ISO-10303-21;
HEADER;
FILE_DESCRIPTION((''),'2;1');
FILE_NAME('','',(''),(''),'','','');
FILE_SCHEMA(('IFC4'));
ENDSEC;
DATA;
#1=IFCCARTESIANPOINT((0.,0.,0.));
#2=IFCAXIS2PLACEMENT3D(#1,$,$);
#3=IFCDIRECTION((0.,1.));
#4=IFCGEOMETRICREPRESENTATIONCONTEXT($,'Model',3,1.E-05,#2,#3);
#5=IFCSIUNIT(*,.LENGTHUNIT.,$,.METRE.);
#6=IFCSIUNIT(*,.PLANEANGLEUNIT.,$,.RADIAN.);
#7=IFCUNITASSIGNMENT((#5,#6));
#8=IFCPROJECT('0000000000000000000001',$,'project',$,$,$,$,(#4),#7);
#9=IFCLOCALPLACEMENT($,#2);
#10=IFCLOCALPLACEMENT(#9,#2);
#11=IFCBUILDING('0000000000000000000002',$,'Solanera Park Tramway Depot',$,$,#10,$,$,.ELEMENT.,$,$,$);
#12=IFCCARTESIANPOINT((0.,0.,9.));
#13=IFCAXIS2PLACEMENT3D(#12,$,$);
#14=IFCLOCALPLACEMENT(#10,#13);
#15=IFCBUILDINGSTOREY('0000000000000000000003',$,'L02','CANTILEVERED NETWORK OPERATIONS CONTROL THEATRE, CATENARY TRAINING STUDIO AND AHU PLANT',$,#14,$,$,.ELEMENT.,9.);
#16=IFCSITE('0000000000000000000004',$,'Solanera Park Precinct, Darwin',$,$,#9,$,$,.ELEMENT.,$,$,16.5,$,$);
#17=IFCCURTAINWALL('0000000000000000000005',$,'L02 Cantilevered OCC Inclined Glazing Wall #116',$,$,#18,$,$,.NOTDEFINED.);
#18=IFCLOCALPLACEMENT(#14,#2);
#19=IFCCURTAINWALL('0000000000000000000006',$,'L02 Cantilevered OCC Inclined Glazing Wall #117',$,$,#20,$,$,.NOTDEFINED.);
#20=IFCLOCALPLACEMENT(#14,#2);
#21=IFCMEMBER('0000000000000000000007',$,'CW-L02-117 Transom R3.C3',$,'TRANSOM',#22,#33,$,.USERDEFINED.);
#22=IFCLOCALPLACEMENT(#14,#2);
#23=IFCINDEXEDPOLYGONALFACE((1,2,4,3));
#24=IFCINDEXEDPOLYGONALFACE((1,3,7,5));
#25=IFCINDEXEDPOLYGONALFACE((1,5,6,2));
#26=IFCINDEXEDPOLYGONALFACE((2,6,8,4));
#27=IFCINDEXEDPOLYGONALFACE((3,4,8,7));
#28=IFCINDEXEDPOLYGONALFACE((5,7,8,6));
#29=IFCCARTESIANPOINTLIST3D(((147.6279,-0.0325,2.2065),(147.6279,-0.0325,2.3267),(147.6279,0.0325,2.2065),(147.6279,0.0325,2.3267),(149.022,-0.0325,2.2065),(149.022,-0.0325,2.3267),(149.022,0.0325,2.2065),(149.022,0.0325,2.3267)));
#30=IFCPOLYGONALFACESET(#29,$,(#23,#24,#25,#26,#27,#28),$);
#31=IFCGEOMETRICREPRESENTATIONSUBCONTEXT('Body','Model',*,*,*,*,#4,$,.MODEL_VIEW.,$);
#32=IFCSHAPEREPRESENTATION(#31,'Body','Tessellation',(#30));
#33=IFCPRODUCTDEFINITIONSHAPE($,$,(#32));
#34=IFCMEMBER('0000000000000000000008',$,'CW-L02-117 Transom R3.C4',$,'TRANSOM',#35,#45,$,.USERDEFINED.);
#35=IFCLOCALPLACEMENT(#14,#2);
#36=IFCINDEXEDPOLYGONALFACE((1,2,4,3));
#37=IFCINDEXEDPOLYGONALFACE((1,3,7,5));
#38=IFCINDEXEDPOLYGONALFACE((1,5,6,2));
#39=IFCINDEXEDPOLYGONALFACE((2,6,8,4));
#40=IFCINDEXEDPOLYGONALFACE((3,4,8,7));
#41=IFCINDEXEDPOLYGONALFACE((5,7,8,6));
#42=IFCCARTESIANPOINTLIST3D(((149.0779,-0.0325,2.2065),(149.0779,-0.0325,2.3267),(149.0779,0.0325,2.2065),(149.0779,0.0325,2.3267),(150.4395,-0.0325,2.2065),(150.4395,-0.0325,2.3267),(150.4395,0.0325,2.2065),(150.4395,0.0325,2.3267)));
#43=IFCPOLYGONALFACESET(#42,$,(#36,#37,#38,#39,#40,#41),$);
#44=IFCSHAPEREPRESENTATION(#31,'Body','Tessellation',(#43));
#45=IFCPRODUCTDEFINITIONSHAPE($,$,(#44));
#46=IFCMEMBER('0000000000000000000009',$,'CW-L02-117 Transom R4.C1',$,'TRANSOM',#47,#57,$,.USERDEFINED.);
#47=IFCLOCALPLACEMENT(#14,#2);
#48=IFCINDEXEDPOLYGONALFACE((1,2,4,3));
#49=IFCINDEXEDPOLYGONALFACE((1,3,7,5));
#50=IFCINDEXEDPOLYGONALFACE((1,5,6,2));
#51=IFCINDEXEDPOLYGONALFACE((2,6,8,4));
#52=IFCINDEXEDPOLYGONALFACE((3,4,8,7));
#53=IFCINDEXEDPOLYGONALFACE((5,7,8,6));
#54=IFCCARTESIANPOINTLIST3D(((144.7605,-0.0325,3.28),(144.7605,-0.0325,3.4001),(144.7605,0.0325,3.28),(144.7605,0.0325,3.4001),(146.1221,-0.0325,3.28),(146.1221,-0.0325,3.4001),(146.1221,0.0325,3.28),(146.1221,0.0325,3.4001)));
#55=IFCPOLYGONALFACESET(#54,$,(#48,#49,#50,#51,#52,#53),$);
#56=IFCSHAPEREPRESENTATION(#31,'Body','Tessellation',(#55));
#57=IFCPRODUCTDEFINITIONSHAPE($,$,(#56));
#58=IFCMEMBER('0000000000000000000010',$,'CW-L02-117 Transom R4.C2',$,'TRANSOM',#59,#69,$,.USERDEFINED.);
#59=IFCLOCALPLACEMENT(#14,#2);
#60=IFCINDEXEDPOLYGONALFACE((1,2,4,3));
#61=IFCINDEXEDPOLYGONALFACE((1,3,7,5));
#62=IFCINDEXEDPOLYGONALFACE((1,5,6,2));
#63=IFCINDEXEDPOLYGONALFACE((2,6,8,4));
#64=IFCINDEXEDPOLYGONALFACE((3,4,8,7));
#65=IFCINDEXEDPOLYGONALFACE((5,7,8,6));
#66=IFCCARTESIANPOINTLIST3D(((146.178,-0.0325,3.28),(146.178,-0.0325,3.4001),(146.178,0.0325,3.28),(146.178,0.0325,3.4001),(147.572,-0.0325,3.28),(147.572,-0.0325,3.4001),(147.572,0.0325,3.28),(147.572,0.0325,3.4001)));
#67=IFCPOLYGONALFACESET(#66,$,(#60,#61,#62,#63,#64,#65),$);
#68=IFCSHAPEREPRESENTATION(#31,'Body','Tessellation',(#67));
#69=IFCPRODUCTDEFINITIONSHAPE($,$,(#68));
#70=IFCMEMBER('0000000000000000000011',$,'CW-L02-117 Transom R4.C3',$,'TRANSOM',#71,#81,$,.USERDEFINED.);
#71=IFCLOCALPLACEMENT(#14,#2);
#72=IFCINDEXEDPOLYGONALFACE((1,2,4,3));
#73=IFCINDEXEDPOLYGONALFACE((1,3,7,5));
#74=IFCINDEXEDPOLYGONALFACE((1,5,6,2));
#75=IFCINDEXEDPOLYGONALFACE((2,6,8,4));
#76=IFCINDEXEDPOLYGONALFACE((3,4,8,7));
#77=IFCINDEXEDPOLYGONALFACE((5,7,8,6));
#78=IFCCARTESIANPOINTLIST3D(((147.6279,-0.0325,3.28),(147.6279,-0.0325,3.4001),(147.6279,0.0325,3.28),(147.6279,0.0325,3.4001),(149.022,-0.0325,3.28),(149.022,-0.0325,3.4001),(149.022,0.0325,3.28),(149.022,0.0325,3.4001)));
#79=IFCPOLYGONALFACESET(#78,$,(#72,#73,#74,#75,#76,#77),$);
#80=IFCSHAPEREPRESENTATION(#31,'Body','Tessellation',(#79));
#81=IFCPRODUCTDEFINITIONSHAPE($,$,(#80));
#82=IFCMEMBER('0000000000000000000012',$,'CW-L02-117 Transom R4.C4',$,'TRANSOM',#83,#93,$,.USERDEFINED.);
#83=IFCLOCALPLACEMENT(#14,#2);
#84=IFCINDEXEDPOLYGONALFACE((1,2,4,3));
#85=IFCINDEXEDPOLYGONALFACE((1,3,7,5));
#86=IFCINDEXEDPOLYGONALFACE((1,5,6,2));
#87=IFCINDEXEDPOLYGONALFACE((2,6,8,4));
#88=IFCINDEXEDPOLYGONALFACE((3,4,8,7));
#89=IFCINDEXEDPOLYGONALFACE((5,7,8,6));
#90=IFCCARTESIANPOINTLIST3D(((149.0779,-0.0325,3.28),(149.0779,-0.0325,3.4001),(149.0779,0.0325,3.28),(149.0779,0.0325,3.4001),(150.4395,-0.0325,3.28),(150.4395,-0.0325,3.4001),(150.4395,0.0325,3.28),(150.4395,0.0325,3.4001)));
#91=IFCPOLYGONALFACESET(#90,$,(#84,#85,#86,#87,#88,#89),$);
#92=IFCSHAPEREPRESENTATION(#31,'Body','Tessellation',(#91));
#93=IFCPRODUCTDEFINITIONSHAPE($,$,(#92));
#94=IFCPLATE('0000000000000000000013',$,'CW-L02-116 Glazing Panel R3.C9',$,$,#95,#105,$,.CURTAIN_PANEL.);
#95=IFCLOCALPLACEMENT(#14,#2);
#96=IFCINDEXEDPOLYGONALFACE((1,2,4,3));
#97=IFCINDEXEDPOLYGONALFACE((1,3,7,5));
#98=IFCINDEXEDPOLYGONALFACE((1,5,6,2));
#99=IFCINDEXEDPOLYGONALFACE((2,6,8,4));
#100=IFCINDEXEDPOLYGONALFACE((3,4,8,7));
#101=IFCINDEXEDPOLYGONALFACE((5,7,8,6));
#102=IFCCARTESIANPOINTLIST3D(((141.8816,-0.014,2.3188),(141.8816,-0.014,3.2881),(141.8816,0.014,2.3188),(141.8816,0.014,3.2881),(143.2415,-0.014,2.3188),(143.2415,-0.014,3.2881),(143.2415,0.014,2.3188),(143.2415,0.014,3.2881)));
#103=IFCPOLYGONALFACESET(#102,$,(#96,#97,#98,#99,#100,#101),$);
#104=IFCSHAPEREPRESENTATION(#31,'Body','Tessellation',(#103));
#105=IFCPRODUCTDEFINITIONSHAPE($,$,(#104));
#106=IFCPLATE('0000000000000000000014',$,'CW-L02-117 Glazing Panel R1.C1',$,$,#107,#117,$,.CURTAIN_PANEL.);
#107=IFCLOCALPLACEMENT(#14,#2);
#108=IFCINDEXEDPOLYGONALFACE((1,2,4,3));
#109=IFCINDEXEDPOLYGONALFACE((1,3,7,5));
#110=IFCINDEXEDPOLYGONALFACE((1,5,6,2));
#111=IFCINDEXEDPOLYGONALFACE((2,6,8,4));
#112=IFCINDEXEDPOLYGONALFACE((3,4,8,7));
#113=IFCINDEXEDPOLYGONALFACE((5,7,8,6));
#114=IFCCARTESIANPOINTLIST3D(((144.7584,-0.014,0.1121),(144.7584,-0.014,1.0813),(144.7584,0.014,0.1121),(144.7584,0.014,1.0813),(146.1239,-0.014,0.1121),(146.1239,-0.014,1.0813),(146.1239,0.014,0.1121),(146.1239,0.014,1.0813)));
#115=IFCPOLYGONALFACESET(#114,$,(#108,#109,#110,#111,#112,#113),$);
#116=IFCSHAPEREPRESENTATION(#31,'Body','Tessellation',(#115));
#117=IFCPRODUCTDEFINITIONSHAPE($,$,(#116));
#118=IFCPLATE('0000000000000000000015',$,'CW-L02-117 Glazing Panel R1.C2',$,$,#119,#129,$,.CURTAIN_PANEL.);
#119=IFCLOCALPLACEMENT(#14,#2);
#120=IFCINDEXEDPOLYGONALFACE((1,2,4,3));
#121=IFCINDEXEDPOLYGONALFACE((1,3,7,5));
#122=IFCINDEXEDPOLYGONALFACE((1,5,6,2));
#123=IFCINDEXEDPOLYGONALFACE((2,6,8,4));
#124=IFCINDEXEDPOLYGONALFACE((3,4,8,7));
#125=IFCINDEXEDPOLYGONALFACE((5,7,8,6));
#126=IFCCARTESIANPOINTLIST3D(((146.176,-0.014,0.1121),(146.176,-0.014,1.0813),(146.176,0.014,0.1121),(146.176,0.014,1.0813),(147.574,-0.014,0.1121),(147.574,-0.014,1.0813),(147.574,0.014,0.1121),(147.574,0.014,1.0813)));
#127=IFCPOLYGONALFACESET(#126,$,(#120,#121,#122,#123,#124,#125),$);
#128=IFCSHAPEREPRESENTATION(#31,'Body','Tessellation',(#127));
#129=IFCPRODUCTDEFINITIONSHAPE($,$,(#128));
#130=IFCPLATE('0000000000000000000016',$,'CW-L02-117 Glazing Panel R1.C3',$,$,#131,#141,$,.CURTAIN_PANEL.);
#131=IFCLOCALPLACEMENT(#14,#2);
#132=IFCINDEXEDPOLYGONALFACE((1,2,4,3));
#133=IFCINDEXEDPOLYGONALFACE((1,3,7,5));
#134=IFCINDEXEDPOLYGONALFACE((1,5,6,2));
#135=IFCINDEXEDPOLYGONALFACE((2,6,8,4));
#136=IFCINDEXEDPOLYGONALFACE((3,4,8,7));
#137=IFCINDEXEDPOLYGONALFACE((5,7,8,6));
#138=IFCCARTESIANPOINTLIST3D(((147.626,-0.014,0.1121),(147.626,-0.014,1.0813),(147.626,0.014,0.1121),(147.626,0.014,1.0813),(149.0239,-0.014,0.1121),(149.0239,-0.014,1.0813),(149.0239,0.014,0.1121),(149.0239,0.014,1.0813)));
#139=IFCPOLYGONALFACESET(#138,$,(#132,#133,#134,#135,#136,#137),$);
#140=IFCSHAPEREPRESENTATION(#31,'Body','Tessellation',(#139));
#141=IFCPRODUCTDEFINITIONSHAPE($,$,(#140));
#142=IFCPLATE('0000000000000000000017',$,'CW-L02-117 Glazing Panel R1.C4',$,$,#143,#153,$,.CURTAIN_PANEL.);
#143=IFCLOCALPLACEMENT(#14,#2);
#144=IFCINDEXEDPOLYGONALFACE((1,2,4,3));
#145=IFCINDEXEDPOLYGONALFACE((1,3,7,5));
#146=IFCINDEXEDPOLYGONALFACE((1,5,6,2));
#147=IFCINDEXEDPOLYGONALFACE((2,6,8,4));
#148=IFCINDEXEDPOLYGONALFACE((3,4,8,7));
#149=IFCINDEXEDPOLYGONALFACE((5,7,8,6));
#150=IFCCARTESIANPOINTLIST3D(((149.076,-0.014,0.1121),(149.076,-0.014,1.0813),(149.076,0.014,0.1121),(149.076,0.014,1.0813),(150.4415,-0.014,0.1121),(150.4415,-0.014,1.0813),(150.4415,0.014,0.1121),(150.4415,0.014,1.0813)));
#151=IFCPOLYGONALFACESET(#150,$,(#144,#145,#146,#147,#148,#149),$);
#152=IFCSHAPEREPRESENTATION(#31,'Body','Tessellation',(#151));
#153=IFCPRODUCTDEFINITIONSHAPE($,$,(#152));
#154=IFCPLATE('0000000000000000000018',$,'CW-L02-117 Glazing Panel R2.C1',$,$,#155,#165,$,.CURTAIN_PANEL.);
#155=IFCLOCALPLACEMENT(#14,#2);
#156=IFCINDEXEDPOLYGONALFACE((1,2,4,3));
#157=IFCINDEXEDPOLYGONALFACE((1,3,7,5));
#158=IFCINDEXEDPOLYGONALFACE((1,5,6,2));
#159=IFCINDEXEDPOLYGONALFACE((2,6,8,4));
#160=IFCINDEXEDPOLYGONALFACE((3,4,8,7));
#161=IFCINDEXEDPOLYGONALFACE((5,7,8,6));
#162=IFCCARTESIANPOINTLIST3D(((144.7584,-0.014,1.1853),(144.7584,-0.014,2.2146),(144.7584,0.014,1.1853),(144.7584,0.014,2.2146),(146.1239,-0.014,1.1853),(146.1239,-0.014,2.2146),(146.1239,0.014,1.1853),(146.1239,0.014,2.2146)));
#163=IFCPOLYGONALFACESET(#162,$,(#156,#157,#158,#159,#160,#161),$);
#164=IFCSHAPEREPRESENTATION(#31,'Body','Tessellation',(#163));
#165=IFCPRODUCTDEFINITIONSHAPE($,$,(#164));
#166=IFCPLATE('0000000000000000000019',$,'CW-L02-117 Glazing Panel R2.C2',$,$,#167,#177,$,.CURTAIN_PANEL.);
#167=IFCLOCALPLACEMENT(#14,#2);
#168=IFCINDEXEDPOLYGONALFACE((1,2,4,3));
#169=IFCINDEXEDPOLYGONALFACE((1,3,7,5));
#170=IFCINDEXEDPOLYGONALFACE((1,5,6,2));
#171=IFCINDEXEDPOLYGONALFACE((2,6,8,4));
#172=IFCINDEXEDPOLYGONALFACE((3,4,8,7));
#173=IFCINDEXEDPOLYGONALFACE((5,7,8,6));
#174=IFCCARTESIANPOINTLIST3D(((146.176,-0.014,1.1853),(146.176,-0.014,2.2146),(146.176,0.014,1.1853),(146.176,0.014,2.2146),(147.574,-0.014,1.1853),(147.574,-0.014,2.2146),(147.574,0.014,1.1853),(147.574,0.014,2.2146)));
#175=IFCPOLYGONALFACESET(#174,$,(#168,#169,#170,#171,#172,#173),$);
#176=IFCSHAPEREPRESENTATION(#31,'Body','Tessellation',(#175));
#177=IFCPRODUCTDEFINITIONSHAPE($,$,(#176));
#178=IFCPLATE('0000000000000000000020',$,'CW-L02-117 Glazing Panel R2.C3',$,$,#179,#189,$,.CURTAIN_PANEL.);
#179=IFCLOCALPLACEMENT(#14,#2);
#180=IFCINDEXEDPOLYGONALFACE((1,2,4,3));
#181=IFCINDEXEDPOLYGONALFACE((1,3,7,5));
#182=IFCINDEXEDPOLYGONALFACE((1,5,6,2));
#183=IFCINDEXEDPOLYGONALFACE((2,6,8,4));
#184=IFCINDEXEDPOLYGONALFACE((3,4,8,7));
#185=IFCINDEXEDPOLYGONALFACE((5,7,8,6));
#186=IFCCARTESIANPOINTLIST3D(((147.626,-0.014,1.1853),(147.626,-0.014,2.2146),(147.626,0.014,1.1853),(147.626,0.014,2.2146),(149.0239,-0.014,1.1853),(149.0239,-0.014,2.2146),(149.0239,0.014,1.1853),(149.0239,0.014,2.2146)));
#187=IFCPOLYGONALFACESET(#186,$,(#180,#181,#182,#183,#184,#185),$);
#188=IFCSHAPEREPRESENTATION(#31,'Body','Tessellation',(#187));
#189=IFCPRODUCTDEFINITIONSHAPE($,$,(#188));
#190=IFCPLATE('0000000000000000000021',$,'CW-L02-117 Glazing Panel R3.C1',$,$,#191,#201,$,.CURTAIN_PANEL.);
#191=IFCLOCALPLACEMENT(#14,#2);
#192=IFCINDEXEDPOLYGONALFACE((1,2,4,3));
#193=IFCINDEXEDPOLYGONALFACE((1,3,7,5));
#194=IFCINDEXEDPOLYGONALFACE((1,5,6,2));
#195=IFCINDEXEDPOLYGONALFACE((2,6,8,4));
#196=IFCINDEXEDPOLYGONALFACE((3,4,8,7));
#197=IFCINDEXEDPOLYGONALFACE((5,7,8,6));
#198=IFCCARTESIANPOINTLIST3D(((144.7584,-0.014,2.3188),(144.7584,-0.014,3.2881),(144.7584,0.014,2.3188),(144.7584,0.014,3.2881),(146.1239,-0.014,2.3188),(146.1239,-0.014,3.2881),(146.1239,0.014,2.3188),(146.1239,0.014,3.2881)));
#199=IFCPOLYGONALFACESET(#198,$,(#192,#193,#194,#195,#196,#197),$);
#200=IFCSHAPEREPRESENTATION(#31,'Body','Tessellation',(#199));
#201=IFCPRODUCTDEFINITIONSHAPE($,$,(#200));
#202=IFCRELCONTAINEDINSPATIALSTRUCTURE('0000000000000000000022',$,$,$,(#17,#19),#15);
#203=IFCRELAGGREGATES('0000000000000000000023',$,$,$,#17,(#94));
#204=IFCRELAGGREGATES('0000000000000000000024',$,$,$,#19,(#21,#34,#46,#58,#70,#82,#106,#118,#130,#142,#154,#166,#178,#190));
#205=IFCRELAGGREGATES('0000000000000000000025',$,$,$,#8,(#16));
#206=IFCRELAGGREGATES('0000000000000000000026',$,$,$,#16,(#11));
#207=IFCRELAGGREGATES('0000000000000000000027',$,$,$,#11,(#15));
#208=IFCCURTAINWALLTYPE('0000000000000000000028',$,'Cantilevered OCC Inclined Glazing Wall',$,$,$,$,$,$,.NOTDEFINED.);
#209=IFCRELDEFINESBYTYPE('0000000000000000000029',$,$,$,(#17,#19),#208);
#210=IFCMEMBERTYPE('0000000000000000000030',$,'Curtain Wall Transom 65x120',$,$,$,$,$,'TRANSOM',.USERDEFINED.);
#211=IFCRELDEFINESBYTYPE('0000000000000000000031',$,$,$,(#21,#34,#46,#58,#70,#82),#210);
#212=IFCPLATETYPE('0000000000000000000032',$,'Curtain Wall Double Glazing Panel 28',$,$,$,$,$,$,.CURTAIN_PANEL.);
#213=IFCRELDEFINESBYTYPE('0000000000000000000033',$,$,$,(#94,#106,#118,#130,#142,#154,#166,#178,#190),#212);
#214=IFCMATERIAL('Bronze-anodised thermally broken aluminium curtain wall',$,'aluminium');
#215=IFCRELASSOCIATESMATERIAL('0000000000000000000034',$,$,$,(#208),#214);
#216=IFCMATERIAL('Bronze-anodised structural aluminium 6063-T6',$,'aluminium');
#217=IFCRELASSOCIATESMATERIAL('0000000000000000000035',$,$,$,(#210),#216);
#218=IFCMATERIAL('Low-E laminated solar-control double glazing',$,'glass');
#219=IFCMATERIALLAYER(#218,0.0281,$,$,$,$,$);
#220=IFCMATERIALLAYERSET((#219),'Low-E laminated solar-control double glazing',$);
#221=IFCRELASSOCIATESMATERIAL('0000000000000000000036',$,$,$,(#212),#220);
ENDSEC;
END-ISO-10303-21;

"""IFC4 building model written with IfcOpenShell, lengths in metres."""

from ifc_helpers import new_model, si_unit, direction, frame, origin, origin_2d, place, context, subcontext, project, spatial, rectangle, extrude, material, layer, layer_set, material_profile, profile_set, type_object, element, aggregate, save


model = new_model("IFC4")

# Units and contexts
model_context = context("Model", 3, precision=1e-05, world=origin(), true_north=direction((0.0, 1.0)))
body_context = subcontext(model_context, "Body", "Model", "MODEL_VIEW")
ifc_project = project(units=[si_unit("LENGTHUNIT", "METRE"), si_unit("PLANEANGLEUNIT", "RADIAN")], contexts=[model_context])

# Site, building, storey
site_placement = place(None, origin())
site = spatial("IfcSite", under=ifc_project, at=site_placement, Name="Solanera Park Precinct, Darwin", CompositionType="ELEMENT", RefElevation=16.5)
building_placement = place(site_placement, origin())
building = spatial("IfcBuilding", under=site, at=building_placement, Name="Solanera Park Tramway Depot", CompositionType="ELEMENT")
storey_placement = place(building_placement, frame((0.0, 0.0, 9.0)))
storey = spatial("IfcBuildingStorey", under=building, at=storey_placement, Name="L02", Description="CANTILEVERED NETWORK OPERATIONS CONTROL THEATRE, CATENARY TRAINING STUDIO AND AHU PLANT", CompositionType="ELEMENT", Elevation=9.0)

# Curtain wall
ifc_material_1 = material(Name="Bronze-anodised thermally broken aluminium curtain wall", Category="aluminium")
curtain_wall_type = type_object("IfcCurtainWallType", Name="Cantilevered OCC Inclined Glazing Wall", PredefinedType="NOTDEFINED", material=ifc_material_1)
curtain_wall_1_placement = place(storey_placement, origin())
curtain_wall_1 = element("IfcCurtainWall", 1, at=curtain_wall_1_placement, inside=storey, type_object=curtain_wall_type, Name="L02 Cantilevered OCC Inclined Glazing Wall #116", PredefinedType="NOTDEFINED")

# Curtain wall, members
curtain_wall_2_placement = place(storey_placement, origin())
curtain_wall_2 = element("IfcCurtainWall", 2, at=curtain_wall_2_placement, inside=storey, type_object=curtain_wall_type, Name="L02 Cantilevered OCC Inclined Glazing Wall #117", PredefinedType="NOTDEFINED")
ifc_material_2 = material(Name="Bronze-anodised structural aluminium 6063-T6", Category="aluminium")
ifc_material_profile_1 = material_profile(ifc_material_2, rectangle(XDim=0.0649, YDim=0.1201, at=origin_2d()), Name="Curtain Wall Transom 65x120")
ifc_profile_set_1 = profile_set([ifc_material_profile_1], Name="Bronze-anodised structural aluminium 6063-T6")
member_type_1 = type_object("IfcMemberType", Name="Curtain Wall Transom 65x120", ElementType="TRANSOM", PredefinedType="USERDEFINED", material=ifc_profile_set_1)
member_1_placement = place(storey_placement, frame((147.6279, 0.0, 2.2666), z_axis=(1.0, 0.0, 0.0), x_axis=(0.0, 1.0, 0.0)))
member_1 = element("IfcMember", 3, at=member_1_placement, type_object=member_type_1, Name="CW-L02-117 Transom R3.C3", ObjectType="TRANSOM", PredefinedType="USERDEFINED", context=body_context, shape_type="SweptSolid", body=[
    extrude(rectangle(XDim=0.0649, YDim=0.1201, at=origin_2d()), origin(), (0.0, 0.0, 1.0), 1.394),
])
member_2_placement = place(storey_placement, frame((149.0779, 0.0, 2.2666), z_axis=(1.0, 0.0, 0.0), x_axis=(0.0, 1.0, 0.0)))
member_2 = element("IfcMember", 4, at=member_2_placement, type_object=member_type_1, Name="CW-L02-117 Transom R3.C4", ObjectType="TRANSOM", PredefinedType="USERDEFINED", context=body_context, shape_type="SweptSolid", body=[
    extrude(rectangle(XDim=0.0649, YDim=0.1201, at=origin_2d()), origin(), (0.0, 0.0, 1.0), 1.3616),
])
member_3_placement = place(storey_placement, frame((144.7605, 0.0, 3.3401), z_axis=(1.0, 0.0, 0.0), x_axis=(0.0, 1.0, 0.0)))
member_3 = element("IfcMember", 5, at=member_3_placement, type_object=member_type_1, Name="CW-L02-117 Transom R4.C1", ObjectType="TRANSOM", PredefinedType="USERDEFINED", context=body_context, shape_type="SweptSolid", body=[
    extrude(rectangle(XDim=0.0649, YDim=0.1201, at=origin_2d()), origin(), (0.0, 0.0, 1.0), 1.3616),
])
member_4_placement = place(storey_placement, frame((146.178, 0.0, 3.3401), z_axis=(1.0, 0.0, 0.0), x_axis=(0.0, 1.0, 0.0)))
member_4 = element("IfcMember", 6, at=member_4_placement, type_object=member_type_1, Name="CW-L02-117 Transom R4.C2", ObjectType="TRANSOM", PredefinedType="USERDEFINED", context=body_context, shape_type="SweptSolid", body=[
    extrude(rectangle(XDim=0.0649, YDim=0.1201, at=origin_2d()), origin(), (0.0, 0.0, 1.0), 1.394),
])
member_5_placement = place(storey_placement, frame((147.6279, 0.0, 3.3401), z_axis=(1.0, 0.0, 0.0), x_axis=(0.0, 1.0, 0.0)))
member_5 = element("IfcMember", 7, at=member_5_placement, type_object=member_type_1, Name="CW-L02-117 Transom R4.C3", ObjectType="TRANSOM", PredefinedType="USERDEFINED", context=body_context, shape_type="SweptSolid", body=[
    extrude(rectangle(XDim=0.0649, YDim=0.1201, at=origin_2d()), origin(), (0.0, 0.0, 1.0), 1.394),
])
member_6_placement = place(storey_placement, frame((149.0779, 0.0, 3.3401), z_axis=(1.0, 0.0, 0.0), x_axis=(0.0, 1.0, 0.0)))
member_6 = element("IfcMember", 8, at=member_6_placement, type_object=member_type_1, Name="CW-L02-117 Transom R4.C4", ObjectType="TRANSOM", PredefinedType="USERDEFINED", context=body_context, shape_type="SweptSolid", body=[
    extrude(rectangle(XDim=0.0649, YDim=0.1201, at=origin_2d()), origin(), (0.0, 0.0, 1.0), 1.3616),
])

# Plates
ifc_material_3 = material(Name="Low-E laminated solar-control double glazing", Category="glass")
ifc_layer = layer(ifc_material_3, 0.0281)
ifc_layer_set = layer_set([ifc_layer], Name="Low-E laminated solar-control double glazing")
plate_type = type_object("IfcPlateType", Name="Curtain Wall Double Glazing Panel 28", PredefinedType="CURTAIN_PANEL", material=ifc_layer_set)
plate_1_placement = place(storey_placement, frame((142.5615, 0.0, 2.3188), z_axis=(0.0, 0.0, 1.0), x_axis=(1.0, 0.0, 0.0)))
plate_1 = element("IfcPlate", 9, at=plate_1_placement, type_object=plate_type, Name="CW-L02-116 Glazing Panel R3.C9", PredefinedType="CURTAIN_PANEL", context=body_context, shape_type="SweptSolid", body=[
    extrude(rectangle(XDim=1.3599, YDim=0.0281, at=origin_2d()), origin(), (0.0, 0.0, 1.0), 0.9692),
])
aggregate(curtain_wall_1, [plate_1])
plate_2_placement = place(storey_placement, frame((145.4412, 0.0, 0.1121), z_axis=(0.0, 0.0, 1.0), x_axis=(1.0, 0.0, 0.0)))
plate_2 = element("IfcPlate", 10, at=plate_2_placement, type_object=plate_type, Name="CW-L02-117 Glazing Panel R1.C1", PredefinedType="CURTAIN_PANEL", context=body_context, shape_type="SweptSolid", body=[
    extrude(rectangle(XDim=1.3655, YDim=0.0281, at=origin_2d()), origin(), (0.0, 0.0, 1.0), 0.9692),
])
plate_3_placement = place(storey_placement, frame((146.875, 0.0, 0.1121), z_axis=(0.0, 0.0, 1.0), x_axis=(1.0, 0.0, 0.0)))
plate_3 = element("IfcPlate", 11, at=plate_3_placement, type_object=plate_type, Name="CW-L02-117 Glazing Panel R1.C2", PredefinedType="CURTAIN_PANEL", context=body_context, shape_type="SweptSolid", body=[
    extrude(rectangle(XDim=1.3979, YDim=0.0281, at=origin_2d()), origin(), (0.0, 0.0, 1.0), 0.9692),
])
plate_4_placement = place(storey_placement, frame((148.325, 0.0, 0.1121), z_axis=(0.0, 0.0, 1.0), x_axis=(1.0, 0.0, 0.0)))
plate_4 = element("IfcPlate", 12, at=plate_4_placement, type_object=plate_type, Name="CW-L02-117 Glazing Panel R1.C3", PredefinedType="CURTAIN_PANEL", context=body_context, shape_type="SweptSolid", body=[
    extrude(rectangle(XDim=1.3979, YDim=0.0281, at=origin_2d()), origin(), (0.0, 0.0, 1.0), 0.9692),
])
plate_5_placement = place(storey_placement, frame((149.7588, 0.0, 0.1121), z_axis=(0.0, 0.0, 1.0), x_axis=(1.0, 0.0, 0.0)))
plate_5 = element("IfcPlate", 13, at=plate_5_placement, type_object=plate_type, Name="CW-L02-117 Glazing Panel R1.C4", PredefinedType="CURTAIN_PANEL", context=body_context, shape_type="SweptSolid", body=[
    extrude(rectangle(XDim=1.3655, YDim=0.0281, at=origin_2d()), origin(), (0.0, 0.0, 1.0), 0.9692),
])
plate_6_placement = place(storey_placement, frame((145.4412, 0.0, 1.1853), z_axis=(0.0, 0.0, 1.0), x_axis=(1.0, 0.0, 0.0)))
plate_6 = element("IfcPlate", 14, at=plate_6_placement, type_object=plate_type, Name="CW-L02-117 Glazing Panel R2.C1", PredefinedType="CURTAIN_PANEL", context=body_context, shape_type="SweptSolid", body=[
    extrude(rectangle(XDim=1.3655, YDim=0.0281, at=origin_2d()), origin(), (0.0, 0.0, 1.0), 1.0293),
])
plate_7_placement = place(storey_placement, frame((146.875, 0.0, 1.1853), z_axis=(0.0, 0.0, 1.0), x_axis=(1.0, 0.0, 0.0)))
plate_7 = element("IfcPlate", 15, at=plate_7_placement, type_object=plate_type, Name="CW-L02-117 Glazing Panel R2.C2", PredefinedType="CURTAIN_PANEL", context=body_context, shape_type="SweptSolid", body=[
    extrude(rectangle(XDim=1.3979, YDim=0.0281, at=origin_2d()), origin(), (0.0, 0.0, 1.0), 1.0293),
])
plate_8_placement = place(storey_placement, frame((148.325, 0.0, 1.1853), z_axis=(0.0, 0.0, 1.0), x_axis=(1.0, 0.0, 0.0)))
plate_8 = element("IfcPlate", 16, at=plate_8_placement, type_object=plate_type, Name="CW-L02-117 Glazing Panel R2.C3", PredefinedType="CURTAIN_PANEL", context=body_context, shape_type="SweptSolid", body=[
    extrude(rectangle(XDim=1.3979, YDim=0.0281, at=origin_2d()), origin(), (0.0, 0.0, 1.0), 1.0293),
])
plate_9_placement = place(storey_placement, frame((145.4412, 0.0, 2.3188), z_axis=(0.0, 0.0, 1.0), x_axis=(1.0, 0.0, 0.0)))
plate_9 = element("IfcPlate", 17, at=plate_9_placement, type_object=plate_type, Name="CW-L02-117 Glazing Panel R3.C1", PredefinedType="CURTAIN_PANEL", context=body_context, shape_type="SweptSolid", body=[
    extrude(rectangle(XDim=1.3655, YDim=0.0281, at=origin_2d()), origin(), (0.0, 0.0, 1.0), 0.9692),
])
aggregate(curtain_wall_2, [member_1, member_2, member_3, member_4, member_5, member_6, plate_2, plate_3, plate_4, plate_5, plate_6, plate_7, plate_8, plate_9])

save(model, "model.ifc")
